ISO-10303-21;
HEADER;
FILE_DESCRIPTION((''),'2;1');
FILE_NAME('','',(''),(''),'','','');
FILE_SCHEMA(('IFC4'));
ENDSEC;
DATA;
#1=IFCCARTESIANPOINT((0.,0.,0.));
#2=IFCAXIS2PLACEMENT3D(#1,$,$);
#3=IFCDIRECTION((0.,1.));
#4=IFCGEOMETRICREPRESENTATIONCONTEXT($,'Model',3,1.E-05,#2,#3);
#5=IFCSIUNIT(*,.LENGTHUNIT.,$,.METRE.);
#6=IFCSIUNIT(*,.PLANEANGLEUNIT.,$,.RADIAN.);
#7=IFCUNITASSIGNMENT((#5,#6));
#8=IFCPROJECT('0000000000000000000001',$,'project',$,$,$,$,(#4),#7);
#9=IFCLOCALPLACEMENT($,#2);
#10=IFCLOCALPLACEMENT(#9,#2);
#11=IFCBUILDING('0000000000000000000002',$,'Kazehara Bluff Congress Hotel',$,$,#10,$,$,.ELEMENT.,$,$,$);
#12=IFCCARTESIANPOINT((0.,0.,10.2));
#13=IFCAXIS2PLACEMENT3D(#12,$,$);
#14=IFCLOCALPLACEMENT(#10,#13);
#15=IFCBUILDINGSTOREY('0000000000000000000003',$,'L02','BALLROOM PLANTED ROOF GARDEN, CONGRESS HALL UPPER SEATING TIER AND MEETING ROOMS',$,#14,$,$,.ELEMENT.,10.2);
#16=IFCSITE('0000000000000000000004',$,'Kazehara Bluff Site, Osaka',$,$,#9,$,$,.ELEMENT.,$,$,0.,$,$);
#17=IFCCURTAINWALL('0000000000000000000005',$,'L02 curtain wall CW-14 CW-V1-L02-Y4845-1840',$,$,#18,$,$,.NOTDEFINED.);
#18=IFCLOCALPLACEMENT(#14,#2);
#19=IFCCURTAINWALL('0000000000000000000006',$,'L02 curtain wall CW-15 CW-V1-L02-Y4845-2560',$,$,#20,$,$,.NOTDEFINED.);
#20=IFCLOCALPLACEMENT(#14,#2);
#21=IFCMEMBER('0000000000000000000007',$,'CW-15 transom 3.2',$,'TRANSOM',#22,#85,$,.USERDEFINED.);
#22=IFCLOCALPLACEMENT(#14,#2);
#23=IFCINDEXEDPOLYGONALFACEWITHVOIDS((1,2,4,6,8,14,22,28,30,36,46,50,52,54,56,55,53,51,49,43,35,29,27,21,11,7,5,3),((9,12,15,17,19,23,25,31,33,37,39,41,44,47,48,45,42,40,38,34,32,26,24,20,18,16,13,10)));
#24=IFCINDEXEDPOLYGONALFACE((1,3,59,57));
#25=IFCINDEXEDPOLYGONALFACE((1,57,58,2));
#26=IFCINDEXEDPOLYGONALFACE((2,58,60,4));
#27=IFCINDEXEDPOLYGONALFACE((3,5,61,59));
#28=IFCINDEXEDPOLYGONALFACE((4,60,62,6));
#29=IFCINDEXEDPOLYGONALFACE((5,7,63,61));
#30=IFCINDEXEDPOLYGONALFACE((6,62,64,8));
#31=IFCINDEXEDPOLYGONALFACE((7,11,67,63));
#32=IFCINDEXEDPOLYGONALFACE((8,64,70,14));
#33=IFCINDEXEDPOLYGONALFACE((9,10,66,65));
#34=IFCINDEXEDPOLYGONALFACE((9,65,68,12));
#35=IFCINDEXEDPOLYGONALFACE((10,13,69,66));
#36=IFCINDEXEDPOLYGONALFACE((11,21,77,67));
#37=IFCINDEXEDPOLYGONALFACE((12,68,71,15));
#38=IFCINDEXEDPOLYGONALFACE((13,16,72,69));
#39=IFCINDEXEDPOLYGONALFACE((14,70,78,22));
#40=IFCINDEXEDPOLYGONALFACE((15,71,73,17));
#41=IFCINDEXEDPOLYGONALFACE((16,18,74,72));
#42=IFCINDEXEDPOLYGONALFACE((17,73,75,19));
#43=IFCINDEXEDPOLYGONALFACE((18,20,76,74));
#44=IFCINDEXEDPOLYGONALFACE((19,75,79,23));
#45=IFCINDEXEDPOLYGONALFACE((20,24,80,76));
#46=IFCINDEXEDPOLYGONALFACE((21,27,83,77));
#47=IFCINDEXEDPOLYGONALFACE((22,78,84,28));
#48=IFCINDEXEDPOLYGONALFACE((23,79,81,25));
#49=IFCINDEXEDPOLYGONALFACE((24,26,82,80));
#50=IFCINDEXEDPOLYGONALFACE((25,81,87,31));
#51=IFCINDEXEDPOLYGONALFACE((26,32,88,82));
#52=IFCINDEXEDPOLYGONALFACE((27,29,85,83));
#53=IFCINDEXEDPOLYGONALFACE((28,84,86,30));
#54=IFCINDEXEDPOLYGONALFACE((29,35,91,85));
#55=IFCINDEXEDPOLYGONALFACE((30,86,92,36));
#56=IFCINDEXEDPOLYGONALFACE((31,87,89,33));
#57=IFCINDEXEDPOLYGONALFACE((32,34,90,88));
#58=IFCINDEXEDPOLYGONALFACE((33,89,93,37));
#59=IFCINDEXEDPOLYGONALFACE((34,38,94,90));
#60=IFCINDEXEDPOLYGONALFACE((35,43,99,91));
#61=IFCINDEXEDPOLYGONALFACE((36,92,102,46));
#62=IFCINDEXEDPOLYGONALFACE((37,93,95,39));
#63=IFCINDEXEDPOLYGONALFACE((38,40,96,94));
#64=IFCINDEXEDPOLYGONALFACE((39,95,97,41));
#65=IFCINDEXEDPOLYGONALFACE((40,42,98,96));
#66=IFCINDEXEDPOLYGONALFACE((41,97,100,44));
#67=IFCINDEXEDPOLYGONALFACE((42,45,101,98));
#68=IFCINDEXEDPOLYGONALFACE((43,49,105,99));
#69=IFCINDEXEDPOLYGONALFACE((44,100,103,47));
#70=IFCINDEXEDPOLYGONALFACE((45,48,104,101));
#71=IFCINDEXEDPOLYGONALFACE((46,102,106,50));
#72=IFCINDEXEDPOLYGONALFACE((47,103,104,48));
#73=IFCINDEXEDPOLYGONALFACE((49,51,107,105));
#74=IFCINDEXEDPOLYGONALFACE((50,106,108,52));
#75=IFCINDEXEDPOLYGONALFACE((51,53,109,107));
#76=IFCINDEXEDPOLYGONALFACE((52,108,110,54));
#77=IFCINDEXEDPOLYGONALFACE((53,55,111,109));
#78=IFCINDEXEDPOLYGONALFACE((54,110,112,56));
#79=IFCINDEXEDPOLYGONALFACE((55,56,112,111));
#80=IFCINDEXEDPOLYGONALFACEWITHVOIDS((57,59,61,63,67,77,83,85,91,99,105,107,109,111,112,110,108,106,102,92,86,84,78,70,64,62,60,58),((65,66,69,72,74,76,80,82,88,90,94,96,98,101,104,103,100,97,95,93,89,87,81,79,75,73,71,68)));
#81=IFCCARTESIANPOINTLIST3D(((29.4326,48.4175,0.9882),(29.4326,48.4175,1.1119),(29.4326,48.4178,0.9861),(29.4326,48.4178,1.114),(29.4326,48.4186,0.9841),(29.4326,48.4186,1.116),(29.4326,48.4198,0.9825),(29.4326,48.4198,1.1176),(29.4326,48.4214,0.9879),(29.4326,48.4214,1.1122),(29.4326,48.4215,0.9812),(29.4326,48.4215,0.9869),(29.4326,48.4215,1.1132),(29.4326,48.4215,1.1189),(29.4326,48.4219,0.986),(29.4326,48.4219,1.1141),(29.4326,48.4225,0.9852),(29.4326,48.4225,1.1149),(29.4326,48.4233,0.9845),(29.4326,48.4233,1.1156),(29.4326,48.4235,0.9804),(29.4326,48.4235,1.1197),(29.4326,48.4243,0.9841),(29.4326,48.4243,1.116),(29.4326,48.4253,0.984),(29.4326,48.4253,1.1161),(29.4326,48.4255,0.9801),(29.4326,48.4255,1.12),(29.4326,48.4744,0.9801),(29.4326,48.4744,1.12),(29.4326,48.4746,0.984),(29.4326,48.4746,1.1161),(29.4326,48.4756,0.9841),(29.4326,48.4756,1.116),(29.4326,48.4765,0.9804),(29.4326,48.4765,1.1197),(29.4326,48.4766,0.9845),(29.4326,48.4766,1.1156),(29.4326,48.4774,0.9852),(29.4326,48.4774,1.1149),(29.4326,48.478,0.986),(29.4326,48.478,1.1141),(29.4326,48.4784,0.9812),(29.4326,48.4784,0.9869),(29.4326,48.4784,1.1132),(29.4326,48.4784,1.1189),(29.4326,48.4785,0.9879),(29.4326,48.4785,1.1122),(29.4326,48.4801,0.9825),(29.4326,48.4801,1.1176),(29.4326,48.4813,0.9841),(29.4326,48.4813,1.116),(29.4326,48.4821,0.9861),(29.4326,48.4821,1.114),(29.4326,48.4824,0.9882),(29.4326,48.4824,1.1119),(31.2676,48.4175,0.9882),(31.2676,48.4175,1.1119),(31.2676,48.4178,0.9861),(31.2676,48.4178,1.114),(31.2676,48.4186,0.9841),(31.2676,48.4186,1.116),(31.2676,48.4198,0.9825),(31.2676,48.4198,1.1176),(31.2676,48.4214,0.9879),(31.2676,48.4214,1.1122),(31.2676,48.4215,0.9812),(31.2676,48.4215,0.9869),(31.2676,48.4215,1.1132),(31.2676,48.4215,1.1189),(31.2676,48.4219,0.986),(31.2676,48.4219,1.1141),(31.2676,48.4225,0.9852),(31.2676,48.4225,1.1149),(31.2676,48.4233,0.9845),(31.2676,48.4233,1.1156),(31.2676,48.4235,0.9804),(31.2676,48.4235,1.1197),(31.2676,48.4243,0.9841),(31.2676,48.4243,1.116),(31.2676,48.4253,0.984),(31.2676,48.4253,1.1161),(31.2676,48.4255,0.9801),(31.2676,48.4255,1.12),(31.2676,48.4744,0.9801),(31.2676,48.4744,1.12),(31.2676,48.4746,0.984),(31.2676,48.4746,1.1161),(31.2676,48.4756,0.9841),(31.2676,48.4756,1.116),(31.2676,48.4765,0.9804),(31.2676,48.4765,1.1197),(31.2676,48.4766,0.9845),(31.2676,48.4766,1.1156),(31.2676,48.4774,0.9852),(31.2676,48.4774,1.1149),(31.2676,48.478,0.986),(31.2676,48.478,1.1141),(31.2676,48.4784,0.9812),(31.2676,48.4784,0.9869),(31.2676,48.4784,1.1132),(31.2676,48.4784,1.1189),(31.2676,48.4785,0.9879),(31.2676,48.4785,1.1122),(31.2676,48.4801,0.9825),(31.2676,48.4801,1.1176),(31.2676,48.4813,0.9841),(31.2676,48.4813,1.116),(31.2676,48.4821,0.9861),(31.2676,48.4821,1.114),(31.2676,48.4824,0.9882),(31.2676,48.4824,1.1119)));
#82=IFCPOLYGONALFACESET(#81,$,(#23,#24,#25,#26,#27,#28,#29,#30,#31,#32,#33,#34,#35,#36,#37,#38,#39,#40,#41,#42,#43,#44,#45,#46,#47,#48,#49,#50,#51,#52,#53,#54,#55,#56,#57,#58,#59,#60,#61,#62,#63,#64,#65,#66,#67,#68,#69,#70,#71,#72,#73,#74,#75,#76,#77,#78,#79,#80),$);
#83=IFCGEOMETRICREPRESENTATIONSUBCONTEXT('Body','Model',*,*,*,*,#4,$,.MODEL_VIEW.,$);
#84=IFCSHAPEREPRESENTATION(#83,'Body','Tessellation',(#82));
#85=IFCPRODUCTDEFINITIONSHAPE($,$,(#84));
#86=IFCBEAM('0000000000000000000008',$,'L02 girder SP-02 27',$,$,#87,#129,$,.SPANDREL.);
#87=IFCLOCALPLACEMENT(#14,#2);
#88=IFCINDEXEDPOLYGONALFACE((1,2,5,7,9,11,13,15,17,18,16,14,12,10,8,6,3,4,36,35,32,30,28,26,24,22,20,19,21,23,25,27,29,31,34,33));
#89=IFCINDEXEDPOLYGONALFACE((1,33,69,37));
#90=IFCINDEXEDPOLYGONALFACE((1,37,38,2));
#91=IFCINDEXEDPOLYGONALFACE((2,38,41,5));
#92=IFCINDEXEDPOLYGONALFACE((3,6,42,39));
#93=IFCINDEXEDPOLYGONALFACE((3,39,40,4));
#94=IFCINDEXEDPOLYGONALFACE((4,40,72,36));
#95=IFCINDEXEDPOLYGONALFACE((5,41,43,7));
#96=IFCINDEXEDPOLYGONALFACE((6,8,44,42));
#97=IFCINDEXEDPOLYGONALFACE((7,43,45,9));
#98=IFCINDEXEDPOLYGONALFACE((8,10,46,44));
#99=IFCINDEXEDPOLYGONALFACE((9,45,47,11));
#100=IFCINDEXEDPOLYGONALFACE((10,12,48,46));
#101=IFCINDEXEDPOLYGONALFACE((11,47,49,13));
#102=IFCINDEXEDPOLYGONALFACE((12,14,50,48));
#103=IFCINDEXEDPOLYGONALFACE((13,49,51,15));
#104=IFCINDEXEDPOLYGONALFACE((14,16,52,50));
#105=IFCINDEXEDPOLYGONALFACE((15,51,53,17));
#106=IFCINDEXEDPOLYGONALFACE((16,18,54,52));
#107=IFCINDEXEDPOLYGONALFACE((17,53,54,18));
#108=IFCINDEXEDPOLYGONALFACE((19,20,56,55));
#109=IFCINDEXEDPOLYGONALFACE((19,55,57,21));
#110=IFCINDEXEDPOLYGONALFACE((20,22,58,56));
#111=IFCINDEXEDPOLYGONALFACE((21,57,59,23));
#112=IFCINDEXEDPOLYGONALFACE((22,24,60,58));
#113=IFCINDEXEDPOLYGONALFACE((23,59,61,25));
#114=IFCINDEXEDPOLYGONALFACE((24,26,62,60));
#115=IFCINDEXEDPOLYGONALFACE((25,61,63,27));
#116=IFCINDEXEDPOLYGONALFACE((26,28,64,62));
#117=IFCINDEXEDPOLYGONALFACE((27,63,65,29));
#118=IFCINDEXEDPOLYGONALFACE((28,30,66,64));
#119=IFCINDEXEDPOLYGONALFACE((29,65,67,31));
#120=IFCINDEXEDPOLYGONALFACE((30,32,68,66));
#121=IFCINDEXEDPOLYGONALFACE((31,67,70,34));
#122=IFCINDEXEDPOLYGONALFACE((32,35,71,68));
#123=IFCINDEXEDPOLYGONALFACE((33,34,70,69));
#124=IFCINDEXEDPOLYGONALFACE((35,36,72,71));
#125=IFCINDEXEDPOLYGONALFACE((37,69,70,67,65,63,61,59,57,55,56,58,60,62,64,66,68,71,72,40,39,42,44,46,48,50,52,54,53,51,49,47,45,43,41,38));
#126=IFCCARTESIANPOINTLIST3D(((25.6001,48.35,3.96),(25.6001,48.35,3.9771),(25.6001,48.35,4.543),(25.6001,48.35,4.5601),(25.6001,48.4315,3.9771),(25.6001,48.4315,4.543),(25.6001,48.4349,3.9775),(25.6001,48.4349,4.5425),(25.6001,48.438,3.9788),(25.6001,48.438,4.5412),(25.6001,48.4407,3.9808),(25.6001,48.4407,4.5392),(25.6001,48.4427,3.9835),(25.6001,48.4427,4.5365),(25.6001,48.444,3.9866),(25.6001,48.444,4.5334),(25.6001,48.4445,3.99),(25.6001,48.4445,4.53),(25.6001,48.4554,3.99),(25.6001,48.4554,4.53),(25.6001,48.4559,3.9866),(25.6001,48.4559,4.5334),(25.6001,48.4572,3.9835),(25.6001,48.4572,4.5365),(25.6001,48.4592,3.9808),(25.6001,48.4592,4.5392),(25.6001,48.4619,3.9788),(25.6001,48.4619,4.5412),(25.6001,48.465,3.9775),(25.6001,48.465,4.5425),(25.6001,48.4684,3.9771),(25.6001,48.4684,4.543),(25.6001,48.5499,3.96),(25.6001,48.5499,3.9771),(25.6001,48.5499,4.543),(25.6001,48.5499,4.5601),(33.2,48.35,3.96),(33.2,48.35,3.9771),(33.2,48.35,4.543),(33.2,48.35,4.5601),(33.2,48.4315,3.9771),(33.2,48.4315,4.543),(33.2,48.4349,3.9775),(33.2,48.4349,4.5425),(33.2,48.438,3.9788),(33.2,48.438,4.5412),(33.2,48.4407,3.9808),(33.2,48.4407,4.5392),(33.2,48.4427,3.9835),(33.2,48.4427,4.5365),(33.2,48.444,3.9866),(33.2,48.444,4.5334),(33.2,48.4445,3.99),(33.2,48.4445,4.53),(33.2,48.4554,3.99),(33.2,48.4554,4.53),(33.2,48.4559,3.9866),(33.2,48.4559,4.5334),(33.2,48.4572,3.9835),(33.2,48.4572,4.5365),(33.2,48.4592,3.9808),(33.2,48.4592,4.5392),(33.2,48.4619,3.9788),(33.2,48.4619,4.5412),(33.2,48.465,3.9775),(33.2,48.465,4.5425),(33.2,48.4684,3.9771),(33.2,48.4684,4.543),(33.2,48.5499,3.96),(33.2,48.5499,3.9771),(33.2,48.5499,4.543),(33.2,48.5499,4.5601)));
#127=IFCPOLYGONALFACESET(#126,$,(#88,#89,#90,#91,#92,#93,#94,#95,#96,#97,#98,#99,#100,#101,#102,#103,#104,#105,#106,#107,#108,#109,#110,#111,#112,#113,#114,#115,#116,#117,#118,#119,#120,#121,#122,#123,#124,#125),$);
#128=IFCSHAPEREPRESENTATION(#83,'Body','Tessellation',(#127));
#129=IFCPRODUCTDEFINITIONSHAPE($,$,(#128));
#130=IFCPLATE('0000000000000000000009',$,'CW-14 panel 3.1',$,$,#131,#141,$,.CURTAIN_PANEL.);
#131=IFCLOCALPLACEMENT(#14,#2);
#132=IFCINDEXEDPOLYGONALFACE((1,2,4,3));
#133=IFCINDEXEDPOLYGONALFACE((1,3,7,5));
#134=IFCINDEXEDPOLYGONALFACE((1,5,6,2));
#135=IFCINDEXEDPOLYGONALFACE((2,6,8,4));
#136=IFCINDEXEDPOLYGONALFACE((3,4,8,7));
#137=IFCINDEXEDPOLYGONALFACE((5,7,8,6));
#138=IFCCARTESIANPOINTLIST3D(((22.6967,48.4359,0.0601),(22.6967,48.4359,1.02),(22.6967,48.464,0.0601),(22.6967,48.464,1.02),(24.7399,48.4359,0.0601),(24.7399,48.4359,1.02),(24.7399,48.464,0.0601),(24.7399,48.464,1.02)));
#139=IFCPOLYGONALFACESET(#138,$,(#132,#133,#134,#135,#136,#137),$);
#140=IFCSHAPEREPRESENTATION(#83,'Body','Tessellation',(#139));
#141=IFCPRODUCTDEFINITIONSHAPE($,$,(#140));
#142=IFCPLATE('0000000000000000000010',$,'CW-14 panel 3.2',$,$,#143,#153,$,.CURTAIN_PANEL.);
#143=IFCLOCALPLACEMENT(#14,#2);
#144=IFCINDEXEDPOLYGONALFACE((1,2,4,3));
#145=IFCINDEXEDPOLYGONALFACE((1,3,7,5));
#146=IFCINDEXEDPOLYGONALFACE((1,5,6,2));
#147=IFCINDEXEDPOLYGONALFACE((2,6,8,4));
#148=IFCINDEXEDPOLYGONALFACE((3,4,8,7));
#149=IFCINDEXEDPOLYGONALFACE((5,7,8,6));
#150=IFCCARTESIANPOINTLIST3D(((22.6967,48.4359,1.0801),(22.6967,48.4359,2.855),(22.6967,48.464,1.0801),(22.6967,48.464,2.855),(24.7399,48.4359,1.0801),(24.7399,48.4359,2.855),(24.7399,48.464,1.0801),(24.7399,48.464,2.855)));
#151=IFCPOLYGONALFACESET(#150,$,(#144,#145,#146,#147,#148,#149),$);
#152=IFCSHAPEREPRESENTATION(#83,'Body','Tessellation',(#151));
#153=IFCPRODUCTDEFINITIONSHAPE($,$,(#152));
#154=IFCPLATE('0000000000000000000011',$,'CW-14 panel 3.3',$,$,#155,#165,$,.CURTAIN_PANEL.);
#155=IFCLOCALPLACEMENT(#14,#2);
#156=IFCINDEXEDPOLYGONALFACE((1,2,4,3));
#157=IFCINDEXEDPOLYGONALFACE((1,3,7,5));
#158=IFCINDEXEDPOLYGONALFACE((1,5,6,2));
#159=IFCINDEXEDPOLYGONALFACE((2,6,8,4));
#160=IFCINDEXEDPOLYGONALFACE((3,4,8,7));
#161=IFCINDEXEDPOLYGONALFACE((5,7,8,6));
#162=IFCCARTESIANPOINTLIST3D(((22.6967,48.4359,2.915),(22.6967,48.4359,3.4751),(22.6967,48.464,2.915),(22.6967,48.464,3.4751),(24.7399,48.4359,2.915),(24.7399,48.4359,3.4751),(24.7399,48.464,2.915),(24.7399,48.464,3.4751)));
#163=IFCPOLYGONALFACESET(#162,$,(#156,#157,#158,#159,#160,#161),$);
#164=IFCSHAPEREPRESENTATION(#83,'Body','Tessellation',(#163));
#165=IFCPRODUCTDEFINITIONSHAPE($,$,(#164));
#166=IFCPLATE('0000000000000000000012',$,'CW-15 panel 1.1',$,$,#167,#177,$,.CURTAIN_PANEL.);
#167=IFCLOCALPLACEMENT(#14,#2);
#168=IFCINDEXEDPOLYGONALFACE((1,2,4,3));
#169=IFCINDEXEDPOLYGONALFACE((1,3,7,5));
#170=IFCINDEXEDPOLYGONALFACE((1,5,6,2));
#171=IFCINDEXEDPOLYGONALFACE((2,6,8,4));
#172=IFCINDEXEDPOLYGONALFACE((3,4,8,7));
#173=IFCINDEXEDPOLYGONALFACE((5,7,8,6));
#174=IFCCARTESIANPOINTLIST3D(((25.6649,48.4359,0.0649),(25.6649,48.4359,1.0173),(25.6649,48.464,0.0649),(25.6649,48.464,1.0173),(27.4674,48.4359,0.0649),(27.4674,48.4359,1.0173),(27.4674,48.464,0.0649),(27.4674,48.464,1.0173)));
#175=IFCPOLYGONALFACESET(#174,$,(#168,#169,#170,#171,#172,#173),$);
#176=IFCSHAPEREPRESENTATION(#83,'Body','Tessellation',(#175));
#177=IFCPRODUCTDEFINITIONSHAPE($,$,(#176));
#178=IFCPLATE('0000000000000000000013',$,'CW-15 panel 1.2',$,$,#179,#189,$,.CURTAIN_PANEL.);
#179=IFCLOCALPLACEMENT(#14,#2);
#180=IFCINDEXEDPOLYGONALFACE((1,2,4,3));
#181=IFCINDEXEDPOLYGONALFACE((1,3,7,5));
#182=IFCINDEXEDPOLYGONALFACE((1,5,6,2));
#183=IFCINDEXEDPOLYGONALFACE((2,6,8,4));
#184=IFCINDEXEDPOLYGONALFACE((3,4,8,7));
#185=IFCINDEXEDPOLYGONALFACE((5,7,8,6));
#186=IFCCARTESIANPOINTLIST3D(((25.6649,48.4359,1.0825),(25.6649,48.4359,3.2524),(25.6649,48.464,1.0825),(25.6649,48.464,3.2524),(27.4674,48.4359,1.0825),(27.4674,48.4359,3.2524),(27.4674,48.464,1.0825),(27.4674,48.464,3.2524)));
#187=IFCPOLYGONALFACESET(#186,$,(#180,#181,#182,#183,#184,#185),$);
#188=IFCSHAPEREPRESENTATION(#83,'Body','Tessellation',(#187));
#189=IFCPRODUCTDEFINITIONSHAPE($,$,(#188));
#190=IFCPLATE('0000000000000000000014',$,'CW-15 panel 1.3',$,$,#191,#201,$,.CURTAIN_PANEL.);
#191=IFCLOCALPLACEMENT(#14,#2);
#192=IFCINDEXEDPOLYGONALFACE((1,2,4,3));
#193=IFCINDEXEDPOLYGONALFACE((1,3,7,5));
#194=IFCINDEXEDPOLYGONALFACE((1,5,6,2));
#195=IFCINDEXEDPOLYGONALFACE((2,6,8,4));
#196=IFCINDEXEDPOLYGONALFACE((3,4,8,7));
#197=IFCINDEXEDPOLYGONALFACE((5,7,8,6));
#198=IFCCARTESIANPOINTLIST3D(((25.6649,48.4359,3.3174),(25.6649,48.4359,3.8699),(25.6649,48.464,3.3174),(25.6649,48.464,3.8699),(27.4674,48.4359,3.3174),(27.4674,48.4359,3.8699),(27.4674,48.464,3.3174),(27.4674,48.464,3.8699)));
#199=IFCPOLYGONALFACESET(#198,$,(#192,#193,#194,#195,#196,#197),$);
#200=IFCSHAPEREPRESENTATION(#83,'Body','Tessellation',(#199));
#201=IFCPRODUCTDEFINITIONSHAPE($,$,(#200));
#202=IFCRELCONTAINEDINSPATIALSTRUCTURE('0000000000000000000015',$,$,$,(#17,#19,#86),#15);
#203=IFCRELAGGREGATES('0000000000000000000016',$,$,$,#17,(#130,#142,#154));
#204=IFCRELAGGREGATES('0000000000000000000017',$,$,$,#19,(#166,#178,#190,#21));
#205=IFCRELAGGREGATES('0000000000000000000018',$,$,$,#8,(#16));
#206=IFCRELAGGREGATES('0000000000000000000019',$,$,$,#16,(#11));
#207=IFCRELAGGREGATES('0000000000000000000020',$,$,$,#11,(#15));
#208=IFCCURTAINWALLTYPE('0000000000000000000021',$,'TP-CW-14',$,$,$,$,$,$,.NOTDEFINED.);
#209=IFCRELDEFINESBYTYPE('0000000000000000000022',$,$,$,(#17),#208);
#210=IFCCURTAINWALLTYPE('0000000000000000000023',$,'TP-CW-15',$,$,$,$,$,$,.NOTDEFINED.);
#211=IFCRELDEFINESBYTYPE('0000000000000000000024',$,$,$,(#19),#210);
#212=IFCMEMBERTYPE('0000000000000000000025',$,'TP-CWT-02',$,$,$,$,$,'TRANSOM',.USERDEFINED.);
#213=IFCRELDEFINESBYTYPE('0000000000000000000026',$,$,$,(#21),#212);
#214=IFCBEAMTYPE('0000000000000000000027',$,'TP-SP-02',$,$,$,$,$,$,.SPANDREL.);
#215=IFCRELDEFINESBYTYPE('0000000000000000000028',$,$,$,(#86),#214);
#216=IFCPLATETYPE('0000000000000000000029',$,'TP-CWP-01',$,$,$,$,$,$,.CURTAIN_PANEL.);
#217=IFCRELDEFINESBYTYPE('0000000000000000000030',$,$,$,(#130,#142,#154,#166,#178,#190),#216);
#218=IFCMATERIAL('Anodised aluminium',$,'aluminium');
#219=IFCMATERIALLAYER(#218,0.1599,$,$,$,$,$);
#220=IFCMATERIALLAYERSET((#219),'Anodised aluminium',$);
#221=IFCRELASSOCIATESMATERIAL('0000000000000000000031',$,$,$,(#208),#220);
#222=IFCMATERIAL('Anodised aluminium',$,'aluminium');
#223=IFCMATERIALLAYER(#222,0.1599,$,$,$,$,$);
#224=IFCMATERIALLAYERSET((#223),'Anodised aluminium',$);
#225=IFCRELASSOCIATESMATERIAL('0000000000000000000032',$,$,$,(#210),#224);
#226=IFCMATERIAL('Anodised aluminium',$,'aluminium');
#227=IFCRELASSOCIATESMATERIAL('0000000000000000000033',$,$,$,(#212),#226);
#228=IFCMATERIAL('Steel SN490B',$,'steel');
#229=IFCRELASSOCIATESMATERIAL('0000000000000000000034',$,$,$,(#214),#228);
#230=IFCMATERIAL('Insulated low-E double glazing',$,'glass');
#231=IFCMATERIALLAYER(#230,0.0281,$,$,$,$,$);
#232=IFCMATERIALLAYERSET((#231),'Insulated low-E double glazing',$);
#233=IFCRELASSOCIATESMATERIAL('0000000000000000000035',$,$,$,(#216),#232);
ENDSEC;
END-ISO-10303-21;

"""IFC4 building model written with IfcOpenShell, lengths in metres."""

from ifc_helpers import new_model, si_unit, direction, frame, origin, origin_2d, place, context, subcontext, project, spatial, rectangle, hollow_rectangle, i_section, extrude, material, layer, layer_set, material_profile, profile_set, type_object, element, aggregate, save


model = new_model("IFC4")

# Units and contexts
model_context = context("Model", 3, precision=1e-05, world=origin(), true_north=direction((0.0, 1.0)))
body_context = subcontext(model_context, "Body", "Model", "MODEL_VIEW")
ifc_project = project(units=[si_unit("LENGTHUNIT", "METRE"), si_unit("PLANEANGLEUNIT", "RADIAN")], contexts=[model_context])

# Site, building, storey
site_placement = place(None, origin())
site = spatial("IfcSite", under=ifc_project, at=site_placement, Name="Kazehara Bluff Site, Osaka", CompositionType="ELEMENT", RefElevation=0.0)
building_placement = place(site_placement, origin())
building = spatial("IfcBuilding", under=site, at=building_placement, Name="Kazehara Bluff Congress Hotel", CompositionType="ELEMENT")
storey_placement = place(building_placement, frame((0.0, 0.0, 10.2)))
storey = spatial("IfcBuildingStorey", under=building, at=storey_placement, Name="L02", Description="BALLROOM PLANTED ROOF GARDEN, CONGRESS HALL UPPER SEATING TIER AND MEETING ROOMS", CompositionType="ELEMENT", Elevation=10.2)

# Curtain wall
ifc_material_1 = material(Name="Anodised aluminium", Category="aluminium")
ifc_layer_1 = layer(ifc_material_1, 0.1599)
ifc_layer_set_1 = layer_set([ifc_layer_1], Name="Anodised aluminium")
curtain_wall_type_1 = type_object("IfcCurtainWallType", Name="TP-CW-14", PredefinedType="NOTDEFINED", material=ifc_layer_set_1)
curtain_wall_1_placement = place(storey_placement, origin())
curtain_wall_1 = element("IfcCurtainWall", 1, at=curtain_wall_1_placement, inside=storey, type_object=curtain_wall_type_1, Name="L02 curtain wall CW-14 CW-V1-L02-Y4845-1840", PredefinedType="NOTDEFINED")

# Curtain wall, member
ifc_material_2 = material(Name="Anodised aluminium", Category="aluminium")
ifc_layer_2 = layer(ifc_material_2, 0.1599)
ifc_layer_set_2 = layer_set([ifc_layer_2], Name="Anodised aluminium")
curtain_wall_type_2 = type_object("IfcCurtainWallType", Name="TP-CW-15", PredefinedType="NOTDEFINED", material=ifc_layer_set_2)
curtain_wall_2_placement = place(storey_placement, origin())
curtain_wall_2 = element("IfcCurtainWall", 2, at=curtain_wall_2_placement, inside=storey, type_object=curtain_wall_type_2, Name="L02 curtain wall CW-15 CW-V1-L02-Y4845-2560", PredefinedType="NOTDEFINED")
ifc_material_3 = material(Name="Anodised aluminium", Category="aluminium")
ifc_material_profile_1 = material_profile(ifc_material_3, hollow_rectangle(XDim=0.0649, YDim=0.1399, WallThickness=0.0039, InnerFilletRadius=0.0039, OuterFilletRadius=0.0081, at=origin_2d()))
ifc_profile_set_1 = profile_set([ifc_material_profile_1], Name="Anodised aluminium")
member_type_1 = type_object("IfcMemberType", Name="TP-CWT-02", ElementType="TRANSOM", PredefinedType="USERDEFINED", material=ifc_profile_set_1)
member_1_placement = place(storey_placement, frame((29.4326, 48.45, 1.05), z_axis=(1.0, 0.0, 0.0), x_axis=(0.0, 1.0, 0.0)))
member_1 = element("IfcMember", 3, at=member_1_placement, type_object=member_type_1, Name="CW-15 transom 3.2", ObjectType="TRANSOM", PredefinedType="USERDEFINED", context=body_context, shape_type="SweptSolid", body=[
    extrude(hollow_rectangle(XDim=0.0649, YDim=0.1399, WallThickness=0.0039, InnerFilletRadius=0.0039, OuterFilletRadius=0.0081, at=origin_2d()), origin(), (0.0, 0.0, 1.0), 1.835),
])

# Beam
ifc_material_4 = material(Name="Steel SN490B", Category="steel")
ifc_material_profile_2 = material_profile(ifc_material_4, i_section(OverallWidth=0.2, OverallDepth=0.6001, WebThickness=0.011, FlangeThickness=0.0171, FilletRadius=0.0129, at=origin_2d()))
ifc_profile_set_2 = profile_set([ifc_material_profile_2], Name="Steel SN490B")
beam_type = type_object("IfcBeamType", Name="TP-SP-02", PredefinedType="SPANDREL", material=ifc_profile_set_2)
beam_placement = place(storey_placement, frame((25.6001, 48.45, 4.26), z_axis=(1.0, 0.0, 0.0), x_axis=(0.0, 1.0, 0.0)))
element("IfcBeam", 4, at=beam_placement, inside=storey, type_object=beam_type, Name="L02 girder SP-02 27", PredefinedType="SPANDREL", context=body_context, shape_type="SweptSolid", body=[
    extrude(i_section(OverallWidth=0.2, OverallDepth=0.6001, WebThickness=0.011, FlangeThickness=0.0171, FilletRadius=0.0129, at=origin_2d()), origin(), (0.0, 0.0, 1.0), 7.5999),
])

# Plates
ifc_material_5 = material(Name="Insulated low-E double glazing", Category="glass")
ifc_layer_3 = layer(ifc_material_5, 0.0281)
ifc_layer_set_3 = layer_set([ifc_layer_3], Name="Insulated low-E double glazing")
plate_type = type_object("IfcPlateType", Name="TP-CWP-01", PredefinedType="CURTAIN_PANEL", material=ifc_layer_set_3)
plate_1_placement = place(storey_placement, frame((23.7183, 48.45, 0.0601), z_axis=(0.0, 0.0, 1.0), x_axis=(1.0, 0.0, 0.0)))
plate_1 = element("IfcPlate", 5, at=plate_1_placement, type_object=plate_type, Name="CW-14 panel 3.1", PredefinedType="CURTAIN_PANEL", context=body_context, shape_type="SweptSolid", body=[
    extrude(rectangle(XDim=2.0432, YDim=0.0281, at=origin_2d()), origin(), (0.0, 0.0, 1.0), 0.96),
])
plate_2_placement = place(storey_placement, frame((23.7183, 48.45, 1.0801), z_axis=(0.0, 0.0, 1.0), x_axis=(1.0, 0.0, 0.0)))
plate_2 = element("IfcPlate", 6, at=plate_2_placement, type_object=plate_type, Name="CW-14 panel 3.2", PredefinedType="CURTAIN_PANEL", context=body_context, shape_type="SweptSolid", body=[
    extrude(rectangle(XDim=2.0432, YDim=0.0281, at=origin_2d()), origin(), (0.0, 0.0, 1.0), 1.7749),
])
plate_3_placement = place(storey_placement, frame((23.7183, 48.45, 2.915), z_axis=(0.0, 0.0, 1.0), x_axis=(1.0, 0.0, 0.0)))
plate_3 = element("IfcPlate", 7, at=plate_3_placement, type_object=plate_type, Name="CW-14 panel 3.3", PredefinedType="CURTAIN_PANEL", context=body_context, shape_type="SweptSolid", body=[
    extrude(rectangle(XDim=2.0432, YDim=0.0281, at=origin_2d()), origin(), (0.0, 0.0, 1.0), 0.5601),
])
aggregate(curtain_wall_1, [plate_1, plate_2, plate_3])
plate_4_placement = place(storey_placement, frame((26.5662, 48.45, 0.0649), z_axis=(0.0, 0.0, 1.0), x_axis=(1.0, 0.0, 0.0)))
plate_4 = element("IfcPlate", 8, at=plate_4_placement, type_object=plate_type, Name="CW-15 panel 1.1", PredefinedType="CURTAIN_PANEL", context=body_context, shape_type="SweptSolid", body=[
    extrude(rectangle(XDim=1.8025, YDim=0.0281, at=origin_2d()), origin(), (0.0, 0.0, 1.0), 0.9524),
])
plate_5_placement = place(storey_placement, frame((26.5662, 48.45, 1.0825), z_axis=(0.0, 0.0, 1.0), x_axis=(1.0, 0.0, 0.0)))
plate_5 = element("IfcPlate", 9, at=plate_5_placement, type_object=plate_type, Name="CW-15 panel 1.2", PredefinedType="CURTAIN_PANEL", context=body_context, shape_type="SweptSolid", body=[
    extrude(rectangle(XDim=1.8025, YDim=0.0281, at=origin_2d()), origin(), (0.0, 0.0, 1.0), 2.1699),
])
plate_6_placement = place(storey_placement, frame((26.5662, 48.45, 3.3174), z_axis=(0.0, 0.0, 1.0), x_axis=(1.0, 0.0, 0.0)))
plate_6 = element("IfcPlate", 10, at=plate_6_placement, type_object=plate_type, Name="CW-15 panel 1.3", PredefinedType="CURTAIN_PANEL", context=body_context, shape_type="SweptSolid", body=[
    extrude(rectangle(XDim=1.8025, YDim=0.0281, at=origin_2d()), origin(), (0.0, 0.0, 1.0), 0.5525),
])
aggregate(curtain_wall_2, [plate_4, plate_5, plate_6, member_1])

save(model, "model.ifc")
